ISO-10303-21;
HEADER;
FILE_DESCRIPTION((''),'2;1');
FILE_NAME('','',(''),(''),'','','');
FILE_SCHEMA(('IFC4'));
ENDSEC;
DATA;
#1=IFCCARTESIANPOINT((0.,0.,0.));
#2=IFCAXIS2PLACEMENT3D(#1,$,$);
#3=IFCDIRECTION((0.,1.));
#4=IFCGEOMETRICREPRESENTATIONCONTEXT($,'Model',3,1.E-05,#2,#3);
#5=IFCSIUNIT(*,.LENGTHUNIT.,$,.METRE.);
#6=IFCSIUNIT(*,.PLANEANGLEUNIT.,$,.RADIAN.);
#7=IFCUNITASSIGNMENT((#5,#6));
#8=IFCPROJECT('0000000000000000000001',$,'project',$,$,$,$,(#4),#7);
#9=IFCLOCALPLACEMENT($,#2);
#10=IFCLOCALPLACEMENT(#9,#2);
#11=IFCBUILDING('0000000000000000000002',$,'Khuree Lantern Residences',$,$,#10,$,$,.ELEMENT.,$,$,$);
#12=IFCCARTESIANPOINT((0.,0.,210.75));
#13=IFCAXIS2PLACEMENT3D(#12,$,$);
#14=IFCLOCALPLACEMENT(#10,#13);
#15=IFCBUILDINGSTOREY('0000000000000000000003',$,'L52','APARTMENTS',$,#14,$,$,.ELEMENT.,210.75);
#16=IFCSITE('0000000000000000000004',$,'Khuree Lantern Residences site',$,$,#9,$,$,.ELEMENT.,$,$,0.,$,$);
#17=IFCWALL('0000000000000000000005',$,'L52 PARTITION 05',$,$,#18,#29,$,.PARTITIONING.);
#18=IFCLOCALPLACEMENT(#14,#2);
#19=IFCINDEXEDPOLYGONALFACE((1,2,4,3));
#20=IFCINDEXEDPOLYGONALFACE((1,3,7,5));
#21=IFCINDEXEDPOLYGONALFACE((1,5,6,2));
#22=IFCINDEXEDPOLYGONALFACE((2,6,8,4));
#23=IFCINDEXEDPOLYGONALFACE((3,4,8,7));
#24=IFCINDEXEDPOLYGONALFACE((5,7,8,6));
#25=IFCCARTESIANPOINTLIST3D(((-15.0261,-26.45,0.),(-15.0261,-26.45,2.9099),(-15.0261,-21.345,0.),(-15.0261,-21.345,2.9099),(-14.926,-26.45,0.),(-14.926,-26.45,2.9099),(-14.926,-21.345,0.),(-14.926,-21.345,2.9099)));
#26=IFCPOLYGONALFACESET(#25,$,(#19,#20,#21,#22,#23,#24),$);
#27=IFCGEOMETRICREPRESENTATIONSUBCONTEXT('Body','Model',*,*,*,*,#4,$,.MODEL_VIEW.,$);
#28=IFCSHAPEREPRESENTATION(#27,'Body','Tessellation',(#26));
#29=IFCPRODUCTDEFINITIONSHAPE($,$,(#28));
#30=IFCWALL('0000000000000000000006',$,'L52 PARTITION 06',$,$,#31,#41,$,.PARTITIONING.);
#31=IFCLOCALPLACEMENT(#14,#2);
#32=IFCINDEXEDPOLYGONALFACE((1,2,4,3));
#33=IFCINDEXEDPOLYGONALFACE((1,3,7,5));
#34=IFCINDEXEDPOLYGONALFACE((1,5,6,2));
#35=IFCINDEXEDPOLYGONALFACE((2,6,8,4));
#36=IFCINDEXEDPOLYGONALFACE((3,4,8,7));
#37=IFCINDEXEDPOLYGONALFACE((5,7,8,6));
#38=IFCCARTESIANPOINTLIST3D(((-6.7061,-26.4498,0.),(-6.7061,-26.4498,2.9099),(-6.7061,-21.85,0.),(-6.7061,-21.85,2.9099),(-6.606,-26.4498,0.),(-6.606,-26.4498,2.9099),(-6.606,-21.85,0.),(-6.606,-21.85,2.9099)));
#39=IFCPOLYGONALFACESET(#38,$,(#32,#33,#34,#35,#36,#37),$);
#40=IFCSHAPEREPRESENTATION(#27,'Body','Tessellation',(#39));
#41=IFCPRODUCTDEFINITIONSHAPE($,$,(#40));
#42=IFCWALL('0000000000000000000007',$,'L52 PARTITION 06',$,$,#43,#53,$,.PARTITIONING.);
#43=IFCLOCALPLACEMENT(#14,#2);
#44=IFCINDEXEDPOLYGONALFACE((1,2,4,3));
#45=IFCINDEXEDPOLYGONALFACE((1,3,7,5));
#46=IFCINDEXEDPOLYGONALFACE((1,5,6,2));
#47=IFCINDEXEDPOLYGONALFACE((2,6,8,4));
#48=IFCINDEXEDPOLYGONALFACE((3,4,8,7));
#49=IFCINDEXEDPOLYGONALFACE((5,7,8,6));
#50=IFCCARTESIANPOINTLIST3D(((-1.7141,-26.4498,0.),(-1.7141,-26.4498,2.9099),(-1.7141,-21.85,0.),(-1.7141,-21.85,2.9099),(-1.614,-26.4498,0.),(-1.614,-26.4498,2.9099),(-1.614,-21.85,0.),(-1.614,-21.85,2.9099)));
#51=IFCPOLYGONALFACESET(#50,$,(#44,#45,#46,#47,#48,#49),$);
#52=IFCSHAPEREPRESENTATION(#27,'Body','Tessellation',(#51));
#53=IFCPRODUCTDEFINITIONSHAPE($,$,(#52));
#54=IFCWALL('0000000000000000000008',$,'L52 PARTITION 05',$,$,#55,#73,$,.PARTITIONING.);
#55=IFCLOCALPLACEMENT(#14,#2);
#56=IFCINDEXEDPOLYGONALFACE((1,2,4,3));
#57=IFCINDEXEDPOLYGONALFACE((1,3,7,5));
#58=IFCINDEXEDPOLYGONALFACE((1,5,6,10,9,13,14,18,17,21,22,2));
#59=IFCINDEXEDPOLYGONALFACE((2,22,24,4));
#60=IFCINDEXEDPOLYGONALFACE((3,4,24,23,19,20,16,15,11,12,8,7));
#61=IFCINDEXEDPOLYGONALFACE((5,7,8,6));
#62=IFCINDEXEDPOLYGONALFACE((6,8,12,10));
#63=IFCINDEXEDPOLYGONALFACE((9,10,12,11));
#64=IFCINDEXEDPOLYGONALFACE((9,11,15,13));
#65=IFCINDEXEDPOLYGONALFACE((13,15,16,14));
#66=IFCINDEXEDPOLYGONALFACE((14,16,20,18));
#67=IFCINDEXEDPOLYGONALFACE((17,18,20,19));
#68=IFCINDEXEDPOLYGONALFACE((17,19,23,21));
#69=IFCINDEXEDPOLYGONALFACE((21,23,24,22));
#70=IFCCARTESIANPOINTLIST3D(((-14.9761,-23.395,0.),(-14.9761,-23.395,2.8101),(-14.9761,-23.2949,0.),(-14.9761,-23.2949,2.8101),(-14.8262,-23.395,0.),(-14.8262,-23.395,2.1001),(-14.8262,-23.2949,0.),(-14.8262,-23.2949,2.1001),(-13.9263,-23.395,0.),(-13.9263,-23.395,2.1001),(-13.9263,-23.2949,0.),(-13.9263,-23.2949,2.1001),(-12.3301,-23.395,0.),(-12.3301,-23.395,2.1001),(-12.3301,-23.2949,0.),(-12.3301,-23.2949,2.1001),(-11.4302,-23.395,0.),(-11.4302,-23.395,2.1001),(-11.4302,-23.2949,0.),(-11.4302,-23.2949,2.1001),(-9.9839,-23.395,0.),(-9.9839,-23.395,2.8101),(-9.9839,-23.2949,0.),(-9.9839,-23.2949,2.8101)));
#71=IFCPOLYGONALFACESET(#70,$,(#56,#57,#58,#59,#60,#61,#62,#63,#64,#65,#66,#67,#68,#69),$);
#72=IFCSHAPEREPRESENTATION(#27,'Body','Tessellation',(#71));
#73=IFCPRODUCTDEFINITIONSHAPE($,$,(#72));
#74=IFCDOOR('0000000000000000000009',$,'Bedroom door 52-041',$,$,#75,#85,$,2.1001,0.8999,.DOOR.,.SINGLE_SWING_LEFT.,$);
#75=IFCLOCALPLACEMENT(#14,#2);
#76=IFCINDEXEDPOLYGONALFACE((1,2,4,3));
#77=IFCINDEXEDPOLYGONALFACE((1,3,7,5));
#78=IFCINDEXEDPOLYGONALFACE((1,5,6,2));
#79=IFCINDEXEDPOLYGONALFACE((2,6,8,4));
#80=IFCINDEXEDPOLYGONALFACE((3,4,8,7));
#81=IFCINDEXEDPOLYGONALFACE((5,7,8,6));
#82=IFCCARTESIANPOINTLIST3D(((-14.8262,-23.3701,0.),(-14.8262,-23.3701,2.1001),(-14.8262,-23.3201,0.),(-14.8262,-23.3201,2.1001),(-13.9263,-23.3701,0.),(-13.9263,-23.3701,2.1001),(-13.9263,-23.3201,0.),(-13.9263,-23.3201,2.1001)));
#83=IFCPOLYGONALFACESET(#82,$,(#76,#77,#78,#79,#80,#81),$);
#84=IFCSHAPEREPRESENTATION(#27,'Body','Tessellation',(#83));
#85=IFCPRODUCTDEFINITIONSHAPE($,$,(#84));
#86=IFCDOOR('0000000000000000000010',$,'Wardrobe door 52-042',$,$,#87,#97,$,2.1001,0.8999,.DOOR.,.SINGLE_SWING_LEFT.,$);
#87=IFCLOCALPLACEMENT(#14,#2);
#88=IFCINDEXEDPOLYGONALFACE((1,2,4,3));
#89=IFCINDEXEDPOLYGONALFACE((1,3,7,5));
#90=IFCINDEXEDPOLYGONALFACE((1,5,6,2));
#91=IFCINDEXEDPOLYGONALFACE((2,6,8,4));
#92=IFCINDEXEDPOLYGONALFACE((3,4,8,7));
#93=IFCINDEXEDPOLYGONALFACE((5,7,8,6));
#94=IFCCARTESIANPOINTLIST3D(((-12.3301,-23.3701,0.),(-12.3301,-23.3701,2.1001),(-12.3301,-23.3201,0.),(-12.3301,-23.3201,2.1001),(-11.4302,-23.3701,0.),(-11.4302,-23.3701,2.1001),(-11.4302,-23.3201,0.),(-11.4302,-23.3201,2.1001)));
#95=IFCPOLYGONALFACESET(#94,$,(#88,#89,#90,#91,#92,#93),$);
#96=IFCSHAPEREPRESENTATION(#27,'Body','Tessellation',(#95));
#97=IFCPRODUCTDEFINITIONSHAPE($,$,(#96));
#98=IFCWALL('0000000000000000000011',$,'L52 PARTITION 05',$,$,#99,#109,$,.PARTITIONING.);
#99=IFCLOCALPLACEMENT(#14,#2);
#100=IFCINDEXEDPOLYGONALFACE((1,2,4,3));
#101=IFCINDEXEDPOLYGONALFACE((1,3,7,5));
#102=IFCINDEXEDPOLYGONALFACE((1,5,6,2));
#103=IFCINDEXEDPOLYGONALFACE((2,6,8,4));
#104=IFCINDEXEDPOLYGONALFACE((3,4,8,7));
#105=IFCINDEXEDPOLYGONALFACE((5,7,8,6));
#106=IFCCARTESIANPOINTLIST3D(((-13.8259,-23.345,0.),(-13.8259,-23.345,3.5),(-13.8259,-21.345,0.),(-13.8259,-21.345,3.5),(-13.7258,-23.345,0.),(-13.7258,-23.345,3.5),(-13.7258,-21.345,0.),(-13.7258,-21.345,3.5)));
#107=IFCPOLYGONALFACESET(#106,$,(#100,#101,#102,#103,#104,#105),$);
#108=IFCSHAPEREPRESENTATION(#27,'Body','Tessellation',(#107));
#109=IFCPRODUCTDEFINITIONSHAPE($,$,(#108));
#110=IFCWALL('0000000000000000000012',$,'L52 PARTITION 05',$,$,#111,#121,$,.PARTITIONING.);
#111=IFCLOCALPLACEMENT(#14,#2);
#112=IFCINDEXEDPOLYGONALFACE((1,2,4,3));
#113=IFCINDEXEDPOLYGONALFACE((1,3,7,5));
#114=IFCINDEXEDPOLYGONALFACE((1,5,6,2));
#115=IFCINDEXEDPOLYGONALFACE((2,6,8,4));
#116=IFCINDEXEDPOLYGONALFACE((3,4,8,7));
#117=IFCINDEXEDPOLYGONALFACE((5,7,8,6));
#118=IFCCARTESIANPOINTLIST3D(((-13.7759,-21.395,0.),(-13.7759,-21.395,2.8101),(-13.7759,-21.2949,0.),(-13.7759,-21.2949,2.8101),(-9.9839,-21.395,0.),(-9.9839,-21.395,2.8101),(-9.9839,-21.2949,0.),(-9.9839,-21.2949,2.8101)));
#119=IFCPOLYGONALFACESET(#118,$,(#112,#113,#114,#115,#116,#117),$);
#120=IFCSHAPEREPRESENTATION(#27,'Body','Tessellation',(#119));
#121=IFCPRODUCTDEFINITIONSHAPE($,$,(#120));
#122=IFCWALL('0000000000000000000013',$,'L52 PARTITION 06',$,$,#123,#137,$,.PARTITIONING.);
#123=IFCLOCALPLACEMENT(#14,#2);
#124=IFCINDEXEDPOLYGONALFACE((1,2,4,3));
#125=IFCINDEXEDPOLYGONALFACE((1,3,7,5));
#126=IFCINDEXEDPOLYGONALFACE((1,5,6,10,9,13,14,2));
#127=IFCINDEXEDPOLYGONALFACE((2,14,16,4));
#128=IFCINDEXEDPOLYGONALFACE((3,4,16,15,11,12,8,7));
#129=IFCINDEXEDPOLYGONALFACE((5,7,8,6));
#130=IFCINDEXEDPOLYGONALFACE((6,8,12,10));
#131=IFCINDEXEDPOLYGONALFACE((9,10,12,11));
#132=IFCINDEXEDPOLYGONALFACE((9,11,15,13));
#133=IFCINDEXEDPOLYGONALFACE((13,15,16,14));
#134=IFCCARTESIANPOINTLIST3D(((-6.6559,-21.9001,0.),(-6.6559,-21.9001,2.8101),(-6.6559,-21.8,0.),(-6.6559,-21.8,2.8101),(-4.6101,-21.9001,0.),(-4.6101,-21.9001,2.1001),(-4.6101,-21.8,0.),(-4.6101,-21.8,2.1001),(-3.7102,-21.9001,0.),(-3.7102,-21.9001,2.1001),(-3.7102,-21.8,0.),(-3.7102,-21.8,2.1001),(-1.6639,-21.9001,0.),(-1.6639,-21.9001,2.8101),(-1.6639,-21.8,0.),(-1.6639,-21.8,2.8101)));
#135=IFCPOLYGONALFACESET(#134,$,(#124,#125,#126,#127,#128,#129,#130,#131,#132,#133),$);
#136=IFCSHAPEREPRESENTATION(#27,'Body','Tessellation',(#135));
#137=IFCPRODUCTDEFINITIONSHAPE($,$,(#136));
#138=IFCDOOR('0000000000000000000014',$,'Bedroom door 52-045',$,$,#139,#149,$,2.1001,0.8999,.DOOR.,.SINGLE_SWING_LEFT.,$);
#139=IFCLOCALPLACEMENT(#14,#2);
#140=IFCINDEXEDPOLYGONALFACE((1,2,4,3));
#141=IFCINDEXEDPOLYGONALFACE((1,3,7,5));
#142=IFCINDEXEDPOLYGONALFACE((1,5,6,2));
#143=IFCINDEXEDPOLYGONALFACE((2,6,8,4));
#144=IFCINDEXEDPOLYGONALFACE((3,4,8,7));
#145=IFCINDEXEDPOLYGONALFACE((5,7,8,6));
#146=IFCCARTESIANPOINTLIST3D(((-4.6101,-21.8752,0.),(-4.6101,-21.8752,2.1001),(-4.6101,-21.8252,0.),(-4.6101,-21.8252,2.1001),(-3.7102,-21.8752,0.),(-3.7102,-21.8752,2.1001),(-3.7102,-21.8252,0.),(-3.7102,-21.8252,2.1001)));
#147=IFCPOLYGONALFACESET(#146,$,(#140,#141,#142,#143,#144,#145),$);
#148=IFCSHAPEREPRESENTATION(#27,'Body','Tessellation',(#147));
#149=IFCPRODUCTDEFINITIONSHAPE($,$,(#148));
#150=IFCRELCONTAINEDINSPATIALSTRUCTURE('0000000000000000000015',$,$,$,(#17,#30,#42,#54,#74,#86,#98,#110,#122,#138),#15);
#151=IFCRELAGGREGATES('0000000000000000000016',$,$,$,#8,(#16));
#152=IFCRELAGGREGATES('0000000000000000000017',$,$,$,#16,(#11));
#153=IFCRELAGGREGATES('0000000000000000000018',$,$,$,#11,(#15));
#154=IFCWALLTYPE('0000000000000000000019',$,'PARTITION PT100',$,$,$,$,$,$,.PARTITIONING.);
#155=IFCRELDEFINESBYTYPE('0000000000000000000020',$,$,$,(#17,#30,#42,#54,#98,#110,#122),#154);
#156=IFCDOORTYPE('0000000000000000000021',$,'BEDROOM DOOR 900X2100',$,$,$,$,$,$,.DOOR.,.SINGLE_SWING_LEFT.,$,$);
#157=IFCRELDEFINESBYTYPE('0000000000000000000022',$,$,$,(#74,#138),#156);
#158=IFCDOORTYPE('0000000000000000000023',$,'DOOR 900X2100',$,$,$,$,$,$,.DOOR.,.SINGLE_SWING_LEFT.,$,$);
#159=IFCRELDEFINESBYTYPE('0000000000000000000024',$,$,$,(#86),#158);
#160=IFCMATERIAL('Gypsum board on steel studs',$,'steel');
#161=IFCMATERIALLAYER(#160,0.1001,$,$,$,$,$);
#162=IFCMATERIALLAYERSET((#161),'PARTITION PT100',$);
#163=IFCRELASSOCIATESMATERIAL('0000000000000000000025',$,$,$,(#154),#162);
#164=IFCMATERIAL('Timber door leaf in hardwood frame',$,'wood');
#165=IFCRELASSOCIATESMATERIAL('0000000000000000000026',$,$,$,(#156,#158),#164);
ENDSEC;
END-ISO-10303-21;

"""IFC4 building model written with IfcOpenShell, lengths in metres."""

from ifc_helpers import new_model, si_unit, direction, frame, frame_2d, origin, place, context, subcontext, project, spatial, rectangle, extrude, material, layer, layer_set, type_object, element, fill, save


model = new_model("IFC4")

# Units and contexts
model_context = context("Model", 3, precision=1e-05, world=origin(), true_north=direction((0.0, 1.0)))
body_context = subcontext(model_context, "Body", "Model", "MODEL_VIEW")
ifc_project = project(units=[si_unit("LENGTHUNIT", "METRE"), si_unit("PLANEANGLEUNIT", "RADIAN")], contexts=[model_context])

# Site, building, storey
site_placement = place(None, origin())
site = spatial("IfcSite", under=ifc_project, at=site_placement, Name="Khuree Lantern Residences site", CompositionType="ELEMENT", RefElevation=0.0)
building_placement = place(site_placement, origin())
building = spatial("IfcBuilding", under=site, at=building_placement, Name="Khuree Lantern Residences", CompositionType="ELEMENT")
storey_placement = place(building_placement, frame((0.0, 0.0, 210.75)))
storey = spatial("IfcBuildingStorey", under=building, at=storey_placement, Name="L52", Description="APARTMENTS", CompositionType="ELEMENT", Elevation=210.75)

# Walls
ifc_material_1 = material(Name="Gypsum board on steel studs", Category="steel")
ifc_layer_1 = layer(ifc_material_1, 0.1001)
ifc_layer_set_1 = layer_set([ifc_layer_1], Name="PARTITION PT100")
wall_type = type_object("IfcWallType", Name="PARTITION PT100", PredefinedType="PARTITIONING", material=ifc_layer_set_1)
wall_1_placement = place(storey_placement, frame((-14.9761, -21.345, 0.0), z_axis=(0.0, 0.0, 1.0), x_axis=(0.0, -1.0, 0.0)))
element("IfcWall", 1, at=wall_1_placement, inside=storey, type_object=wall_type, Name="L52 PARTITION 05", PredefinedType="PARTITIONING", context=body_context, shape_type="SweptSolid", body=[
    extrude(rectangle(XDim=5.105, YDim=0.1001, at=frame_2d((2.5525, 0.0))), origin(), (0.0, 0.0, 1.0), 2.9099),
])
for number, where, z_axis, x_axis, name in (
    (2, (-6.656, -21.8501, 0.0), (0.0, 0.0, 1.0), (0.0, -1.0, 0.0), "L52 PARTITION 06"),
    (3, (-1.6641, -21.8501, 0.0), (0.0, 0.0, 1.0), (0.0, -1.0, 0.0), "L52 PARTITION 06"),
):
    element("IfcWall", number, at=place(storey_placement, frame(where, z_axis=z_axis, x_axis=x_axis)), inside=storey, type_object=wall_type, Name=name, PredefinedType="PARTITIONING", context=body_context, shape_type="SweptSolid", body=[
        extrude(rectangle(XDim=4.5999, YDim=0.1001, at=frame_2d((2.2998, 0.0))), origin(), (0.0, 0.0, 1.0), 2.9099),
    ])

# Wall, openings, doors
wall_2_placement = place(storey_placement, frame((-14.9761, -23.345, 0.0), z_axis=(0.0, 0.0, 1.0), x_axis=(1.0, 0.0, 0.0)))
wall_2 = element("IfcWall", 4, at=wall_2_placement, inside=storey, type_object=wall_type, Name="L52 PARTITION 05", PredefinedType="PARTITIONING", context=body_context, shape_type="SweptSolid", body=[
    extrude(rectangle(XDim=4.9922, YDim=0.1001, at=frame_2d((2.4961, 0.0))), origin(), (0.0, 0.0, 1.0), 2.8101),
])
opening_1_placement = place(wall_2_placement, frame((0.1499, 0.0, 0.0)))
opening_1 = element("IfcOpeningElement", 5, at=opening_1_placement, cuts=wall_2, PredefinedType="OPENING", context=body_context, shape_type="SweptSolid", body=[
    extrude(rectangle(XDim=0.8999, YDim=2.1001, at=frame_2d((0.45, 1.05))), frame((0.0, 0.0601, 0.0), z_axis=(0.0, -1.0, 0.0), x_axis=(1.0, 0.0, 0.0)), (0.0, 0.0, 1.0), 0.1201),
])
opening_2_placement = place(wall_2_placement, frame((2.646, 0.0, 0.0)))
opening_2 = element("IfcOpeningElement", 6, at=opening_2_placement, cuts=wall_2, PredefinedType="OPENING", context=body_context, shape_type="SweptSolid", body=[
    extrude(rectangle(XDim=0.8999, YDim=2.1001, at=frame_2d((0.45, 1.05))), frame((0.0, 0.0601, 0.0), z_axis=(0.0, -1.0, 0.0), x_axis=(1.0, 0.0, 0.0)), (0.0, 0.0, 1.0), 0.1201),
])
ifc_material_2 = material(Name="Timber door leaf in hardwood frame", Category="wood")
door_type_1 = type_object("IfcDoorType", Name="BEDROOM DOOR 900X2100", OperationType="SINGLE_SWING_LEFT", PredefinedType="DOOR", material=ifc_material_2)
door_1_placement = place(opening_1_placement, origin())
door_1 = element("IfcDoor", 7, at=door_1_placement, inside=storey, type_object=door_type_1, Name="Bedroom door 52-041", OperationType="SINGLE_SWING_LEFT", OverallHeight=2.1001, OverallWidth=0.8999, PredefinedType="DOOR", context=body_context, shape_type="SweptSolid", body=[
    extrude(rectangle(XDim=0.8999, YDim=2.1001, at=frame_2d((0.45, 1.05))), frame((0.0, 0.0249, 0.0), z_axis=(0.0, -1.0, 0.0), x_axis=(1.0, 0.0, 0.0)), (0.0, 0.0, 1.0), 0.05),
])
fill(opening_1, door_1)
door_type_2 = type_object("IfcDoorType", Name="DOOR 900X2100", OperationType="SINGLE_SWING_LEFT", PredefinedType="DOOR", material=ifc_material_2)
door_2_placement = place(opening_2_placement, origin())
door_2 = element("IfcDoor", 8, at=door_2_placement, inside=storey, type_object=door_type_2, Name="Wardrobe door 52-042", OperationType="SINGLE_SWING_LEFT", OverallHeight=2.1001, OverallWidth=0.8999, PredefinedType="DOOR", context=body_context, shape_type="SweptSolid", body=[
    extrude(rectangle(XDim=0.8999, YDim=2.1001, at=frame_2d((0.45, 1.05))), frame((0.0, 0.0249, 0.0), z_axis=(0.0, -1.0, 0.0), x_axis=(1.0, 0.0, 0.0)), (0.0, 0.0, 1.0), 0.05),
])
fill(opening_2, door_2)

# Walls
wall_3_placement = place(storey_placement, frame((-13.7759, -21.345, 0.0), z_axis=(0.0, 0.0, 1.0), x_axis=(0.0, -1.0, 0.0)))
element("IfcWall", 9, at=wall_3_placement, inside=storey, type_object=wall_type, Name="L52 PARTITION 05", PredefinedType="PARTITIONING", context=body_context, shape_type="SweptSolid", body=[
    extrude(rectangle(XDim=2.0, YDim=0.1001, at=frame_2d((1.0, 0.0))), origin(), (0.0, 0.0, 1.0), 3.5),
])
wall_4_placement = place(storey_placement, frame((-13.7759, -21.345, 0.0), z_axis=(0.0, 0.0, 1.0), x_axis=(1.0, 0.0, 0.0)))
element("IfcWall", 10, at=wall_4_placement, inside=storey, type_object=wall_type, Name="L52 PARTITION 05", PredefinedType="PARTITIONING", context=body_context, shape_type="SweptSolid", body=[
    extrude(rectangle(XDim=3.792, YDim=0.1001, at=frame_2d((1.896, 0.0))), origin(), (0.0, 0.0, 1.0), 2.8101),
])

# Wall, opening, door
wall_5_placement = place(storey_placement, frame((-6.656, -21.8501, 0.0), z_axis=(0.0, 0.0, 1.0), x_axis=(1.0, 0.0, 0.0)))
wall_5 = element("IfcWall", 11, at=wall_5_placement, inside=storey, type_object=wall_type, Name="L52 PARTITION 06", PredefinedType="PARTITIONING", context=body_context, shape_type="SweptSolid", body=[
    extrude(rectangle(XDim=4.9919, YDim=0.1001, at=frame_2d((2.4961, 0.0))), origin(), (0.0, 0.0, 1.0), 2.8101),
])
opening_3_placement = place(wall_5_placement, frame((2.0459, 0.0, 0.0)))
opening_3 = element("IfcOpeningElement", 12, at=opening_3_placement, cuts=wall_5, PredefinedType="OPENING", context=body_context, shape_type="SweptSolid", body=[
    extrude(rectangle(XDim=0.8999, YDim=2.1001, at=frame_2d((0.45, 1.05))), frame((0.0, 0.0601, 0.0), z_axis=(0.0, -1.0, 0.0), x_axis=(1.0, 0.0, 0.0)), (0.0, 0.0, 1.0), 0.1201),
])
door_3_placement = place(opening_3_placement, origin())
door_3 = element("IfcDoor", 13, at=door_3_placement, inside=storey, type_object=door_type_1, Name="Bedroom door 52-045", OperationType="SINGLE_SWING_LEFT", OverallHeight=2.1001, OverallWidth=0.8999, PredefinedType="DOOR", context=body_context, shape_type="SweptSolid", body=[
    extrude(rectangle(XDim=0.8999, YDim=2.1001, at=frame_2d((0.45, 1.05))), frame((0.0, 0.0249, 0.0), z_axis=(0.0, -1.0, 0.0), x_axis=(1.0, 0.0, 0.0)), (0.0, 0.0, 1.0), 0.05),
])
fill(opening_3, door_3)

save(model, "model.ifc")
